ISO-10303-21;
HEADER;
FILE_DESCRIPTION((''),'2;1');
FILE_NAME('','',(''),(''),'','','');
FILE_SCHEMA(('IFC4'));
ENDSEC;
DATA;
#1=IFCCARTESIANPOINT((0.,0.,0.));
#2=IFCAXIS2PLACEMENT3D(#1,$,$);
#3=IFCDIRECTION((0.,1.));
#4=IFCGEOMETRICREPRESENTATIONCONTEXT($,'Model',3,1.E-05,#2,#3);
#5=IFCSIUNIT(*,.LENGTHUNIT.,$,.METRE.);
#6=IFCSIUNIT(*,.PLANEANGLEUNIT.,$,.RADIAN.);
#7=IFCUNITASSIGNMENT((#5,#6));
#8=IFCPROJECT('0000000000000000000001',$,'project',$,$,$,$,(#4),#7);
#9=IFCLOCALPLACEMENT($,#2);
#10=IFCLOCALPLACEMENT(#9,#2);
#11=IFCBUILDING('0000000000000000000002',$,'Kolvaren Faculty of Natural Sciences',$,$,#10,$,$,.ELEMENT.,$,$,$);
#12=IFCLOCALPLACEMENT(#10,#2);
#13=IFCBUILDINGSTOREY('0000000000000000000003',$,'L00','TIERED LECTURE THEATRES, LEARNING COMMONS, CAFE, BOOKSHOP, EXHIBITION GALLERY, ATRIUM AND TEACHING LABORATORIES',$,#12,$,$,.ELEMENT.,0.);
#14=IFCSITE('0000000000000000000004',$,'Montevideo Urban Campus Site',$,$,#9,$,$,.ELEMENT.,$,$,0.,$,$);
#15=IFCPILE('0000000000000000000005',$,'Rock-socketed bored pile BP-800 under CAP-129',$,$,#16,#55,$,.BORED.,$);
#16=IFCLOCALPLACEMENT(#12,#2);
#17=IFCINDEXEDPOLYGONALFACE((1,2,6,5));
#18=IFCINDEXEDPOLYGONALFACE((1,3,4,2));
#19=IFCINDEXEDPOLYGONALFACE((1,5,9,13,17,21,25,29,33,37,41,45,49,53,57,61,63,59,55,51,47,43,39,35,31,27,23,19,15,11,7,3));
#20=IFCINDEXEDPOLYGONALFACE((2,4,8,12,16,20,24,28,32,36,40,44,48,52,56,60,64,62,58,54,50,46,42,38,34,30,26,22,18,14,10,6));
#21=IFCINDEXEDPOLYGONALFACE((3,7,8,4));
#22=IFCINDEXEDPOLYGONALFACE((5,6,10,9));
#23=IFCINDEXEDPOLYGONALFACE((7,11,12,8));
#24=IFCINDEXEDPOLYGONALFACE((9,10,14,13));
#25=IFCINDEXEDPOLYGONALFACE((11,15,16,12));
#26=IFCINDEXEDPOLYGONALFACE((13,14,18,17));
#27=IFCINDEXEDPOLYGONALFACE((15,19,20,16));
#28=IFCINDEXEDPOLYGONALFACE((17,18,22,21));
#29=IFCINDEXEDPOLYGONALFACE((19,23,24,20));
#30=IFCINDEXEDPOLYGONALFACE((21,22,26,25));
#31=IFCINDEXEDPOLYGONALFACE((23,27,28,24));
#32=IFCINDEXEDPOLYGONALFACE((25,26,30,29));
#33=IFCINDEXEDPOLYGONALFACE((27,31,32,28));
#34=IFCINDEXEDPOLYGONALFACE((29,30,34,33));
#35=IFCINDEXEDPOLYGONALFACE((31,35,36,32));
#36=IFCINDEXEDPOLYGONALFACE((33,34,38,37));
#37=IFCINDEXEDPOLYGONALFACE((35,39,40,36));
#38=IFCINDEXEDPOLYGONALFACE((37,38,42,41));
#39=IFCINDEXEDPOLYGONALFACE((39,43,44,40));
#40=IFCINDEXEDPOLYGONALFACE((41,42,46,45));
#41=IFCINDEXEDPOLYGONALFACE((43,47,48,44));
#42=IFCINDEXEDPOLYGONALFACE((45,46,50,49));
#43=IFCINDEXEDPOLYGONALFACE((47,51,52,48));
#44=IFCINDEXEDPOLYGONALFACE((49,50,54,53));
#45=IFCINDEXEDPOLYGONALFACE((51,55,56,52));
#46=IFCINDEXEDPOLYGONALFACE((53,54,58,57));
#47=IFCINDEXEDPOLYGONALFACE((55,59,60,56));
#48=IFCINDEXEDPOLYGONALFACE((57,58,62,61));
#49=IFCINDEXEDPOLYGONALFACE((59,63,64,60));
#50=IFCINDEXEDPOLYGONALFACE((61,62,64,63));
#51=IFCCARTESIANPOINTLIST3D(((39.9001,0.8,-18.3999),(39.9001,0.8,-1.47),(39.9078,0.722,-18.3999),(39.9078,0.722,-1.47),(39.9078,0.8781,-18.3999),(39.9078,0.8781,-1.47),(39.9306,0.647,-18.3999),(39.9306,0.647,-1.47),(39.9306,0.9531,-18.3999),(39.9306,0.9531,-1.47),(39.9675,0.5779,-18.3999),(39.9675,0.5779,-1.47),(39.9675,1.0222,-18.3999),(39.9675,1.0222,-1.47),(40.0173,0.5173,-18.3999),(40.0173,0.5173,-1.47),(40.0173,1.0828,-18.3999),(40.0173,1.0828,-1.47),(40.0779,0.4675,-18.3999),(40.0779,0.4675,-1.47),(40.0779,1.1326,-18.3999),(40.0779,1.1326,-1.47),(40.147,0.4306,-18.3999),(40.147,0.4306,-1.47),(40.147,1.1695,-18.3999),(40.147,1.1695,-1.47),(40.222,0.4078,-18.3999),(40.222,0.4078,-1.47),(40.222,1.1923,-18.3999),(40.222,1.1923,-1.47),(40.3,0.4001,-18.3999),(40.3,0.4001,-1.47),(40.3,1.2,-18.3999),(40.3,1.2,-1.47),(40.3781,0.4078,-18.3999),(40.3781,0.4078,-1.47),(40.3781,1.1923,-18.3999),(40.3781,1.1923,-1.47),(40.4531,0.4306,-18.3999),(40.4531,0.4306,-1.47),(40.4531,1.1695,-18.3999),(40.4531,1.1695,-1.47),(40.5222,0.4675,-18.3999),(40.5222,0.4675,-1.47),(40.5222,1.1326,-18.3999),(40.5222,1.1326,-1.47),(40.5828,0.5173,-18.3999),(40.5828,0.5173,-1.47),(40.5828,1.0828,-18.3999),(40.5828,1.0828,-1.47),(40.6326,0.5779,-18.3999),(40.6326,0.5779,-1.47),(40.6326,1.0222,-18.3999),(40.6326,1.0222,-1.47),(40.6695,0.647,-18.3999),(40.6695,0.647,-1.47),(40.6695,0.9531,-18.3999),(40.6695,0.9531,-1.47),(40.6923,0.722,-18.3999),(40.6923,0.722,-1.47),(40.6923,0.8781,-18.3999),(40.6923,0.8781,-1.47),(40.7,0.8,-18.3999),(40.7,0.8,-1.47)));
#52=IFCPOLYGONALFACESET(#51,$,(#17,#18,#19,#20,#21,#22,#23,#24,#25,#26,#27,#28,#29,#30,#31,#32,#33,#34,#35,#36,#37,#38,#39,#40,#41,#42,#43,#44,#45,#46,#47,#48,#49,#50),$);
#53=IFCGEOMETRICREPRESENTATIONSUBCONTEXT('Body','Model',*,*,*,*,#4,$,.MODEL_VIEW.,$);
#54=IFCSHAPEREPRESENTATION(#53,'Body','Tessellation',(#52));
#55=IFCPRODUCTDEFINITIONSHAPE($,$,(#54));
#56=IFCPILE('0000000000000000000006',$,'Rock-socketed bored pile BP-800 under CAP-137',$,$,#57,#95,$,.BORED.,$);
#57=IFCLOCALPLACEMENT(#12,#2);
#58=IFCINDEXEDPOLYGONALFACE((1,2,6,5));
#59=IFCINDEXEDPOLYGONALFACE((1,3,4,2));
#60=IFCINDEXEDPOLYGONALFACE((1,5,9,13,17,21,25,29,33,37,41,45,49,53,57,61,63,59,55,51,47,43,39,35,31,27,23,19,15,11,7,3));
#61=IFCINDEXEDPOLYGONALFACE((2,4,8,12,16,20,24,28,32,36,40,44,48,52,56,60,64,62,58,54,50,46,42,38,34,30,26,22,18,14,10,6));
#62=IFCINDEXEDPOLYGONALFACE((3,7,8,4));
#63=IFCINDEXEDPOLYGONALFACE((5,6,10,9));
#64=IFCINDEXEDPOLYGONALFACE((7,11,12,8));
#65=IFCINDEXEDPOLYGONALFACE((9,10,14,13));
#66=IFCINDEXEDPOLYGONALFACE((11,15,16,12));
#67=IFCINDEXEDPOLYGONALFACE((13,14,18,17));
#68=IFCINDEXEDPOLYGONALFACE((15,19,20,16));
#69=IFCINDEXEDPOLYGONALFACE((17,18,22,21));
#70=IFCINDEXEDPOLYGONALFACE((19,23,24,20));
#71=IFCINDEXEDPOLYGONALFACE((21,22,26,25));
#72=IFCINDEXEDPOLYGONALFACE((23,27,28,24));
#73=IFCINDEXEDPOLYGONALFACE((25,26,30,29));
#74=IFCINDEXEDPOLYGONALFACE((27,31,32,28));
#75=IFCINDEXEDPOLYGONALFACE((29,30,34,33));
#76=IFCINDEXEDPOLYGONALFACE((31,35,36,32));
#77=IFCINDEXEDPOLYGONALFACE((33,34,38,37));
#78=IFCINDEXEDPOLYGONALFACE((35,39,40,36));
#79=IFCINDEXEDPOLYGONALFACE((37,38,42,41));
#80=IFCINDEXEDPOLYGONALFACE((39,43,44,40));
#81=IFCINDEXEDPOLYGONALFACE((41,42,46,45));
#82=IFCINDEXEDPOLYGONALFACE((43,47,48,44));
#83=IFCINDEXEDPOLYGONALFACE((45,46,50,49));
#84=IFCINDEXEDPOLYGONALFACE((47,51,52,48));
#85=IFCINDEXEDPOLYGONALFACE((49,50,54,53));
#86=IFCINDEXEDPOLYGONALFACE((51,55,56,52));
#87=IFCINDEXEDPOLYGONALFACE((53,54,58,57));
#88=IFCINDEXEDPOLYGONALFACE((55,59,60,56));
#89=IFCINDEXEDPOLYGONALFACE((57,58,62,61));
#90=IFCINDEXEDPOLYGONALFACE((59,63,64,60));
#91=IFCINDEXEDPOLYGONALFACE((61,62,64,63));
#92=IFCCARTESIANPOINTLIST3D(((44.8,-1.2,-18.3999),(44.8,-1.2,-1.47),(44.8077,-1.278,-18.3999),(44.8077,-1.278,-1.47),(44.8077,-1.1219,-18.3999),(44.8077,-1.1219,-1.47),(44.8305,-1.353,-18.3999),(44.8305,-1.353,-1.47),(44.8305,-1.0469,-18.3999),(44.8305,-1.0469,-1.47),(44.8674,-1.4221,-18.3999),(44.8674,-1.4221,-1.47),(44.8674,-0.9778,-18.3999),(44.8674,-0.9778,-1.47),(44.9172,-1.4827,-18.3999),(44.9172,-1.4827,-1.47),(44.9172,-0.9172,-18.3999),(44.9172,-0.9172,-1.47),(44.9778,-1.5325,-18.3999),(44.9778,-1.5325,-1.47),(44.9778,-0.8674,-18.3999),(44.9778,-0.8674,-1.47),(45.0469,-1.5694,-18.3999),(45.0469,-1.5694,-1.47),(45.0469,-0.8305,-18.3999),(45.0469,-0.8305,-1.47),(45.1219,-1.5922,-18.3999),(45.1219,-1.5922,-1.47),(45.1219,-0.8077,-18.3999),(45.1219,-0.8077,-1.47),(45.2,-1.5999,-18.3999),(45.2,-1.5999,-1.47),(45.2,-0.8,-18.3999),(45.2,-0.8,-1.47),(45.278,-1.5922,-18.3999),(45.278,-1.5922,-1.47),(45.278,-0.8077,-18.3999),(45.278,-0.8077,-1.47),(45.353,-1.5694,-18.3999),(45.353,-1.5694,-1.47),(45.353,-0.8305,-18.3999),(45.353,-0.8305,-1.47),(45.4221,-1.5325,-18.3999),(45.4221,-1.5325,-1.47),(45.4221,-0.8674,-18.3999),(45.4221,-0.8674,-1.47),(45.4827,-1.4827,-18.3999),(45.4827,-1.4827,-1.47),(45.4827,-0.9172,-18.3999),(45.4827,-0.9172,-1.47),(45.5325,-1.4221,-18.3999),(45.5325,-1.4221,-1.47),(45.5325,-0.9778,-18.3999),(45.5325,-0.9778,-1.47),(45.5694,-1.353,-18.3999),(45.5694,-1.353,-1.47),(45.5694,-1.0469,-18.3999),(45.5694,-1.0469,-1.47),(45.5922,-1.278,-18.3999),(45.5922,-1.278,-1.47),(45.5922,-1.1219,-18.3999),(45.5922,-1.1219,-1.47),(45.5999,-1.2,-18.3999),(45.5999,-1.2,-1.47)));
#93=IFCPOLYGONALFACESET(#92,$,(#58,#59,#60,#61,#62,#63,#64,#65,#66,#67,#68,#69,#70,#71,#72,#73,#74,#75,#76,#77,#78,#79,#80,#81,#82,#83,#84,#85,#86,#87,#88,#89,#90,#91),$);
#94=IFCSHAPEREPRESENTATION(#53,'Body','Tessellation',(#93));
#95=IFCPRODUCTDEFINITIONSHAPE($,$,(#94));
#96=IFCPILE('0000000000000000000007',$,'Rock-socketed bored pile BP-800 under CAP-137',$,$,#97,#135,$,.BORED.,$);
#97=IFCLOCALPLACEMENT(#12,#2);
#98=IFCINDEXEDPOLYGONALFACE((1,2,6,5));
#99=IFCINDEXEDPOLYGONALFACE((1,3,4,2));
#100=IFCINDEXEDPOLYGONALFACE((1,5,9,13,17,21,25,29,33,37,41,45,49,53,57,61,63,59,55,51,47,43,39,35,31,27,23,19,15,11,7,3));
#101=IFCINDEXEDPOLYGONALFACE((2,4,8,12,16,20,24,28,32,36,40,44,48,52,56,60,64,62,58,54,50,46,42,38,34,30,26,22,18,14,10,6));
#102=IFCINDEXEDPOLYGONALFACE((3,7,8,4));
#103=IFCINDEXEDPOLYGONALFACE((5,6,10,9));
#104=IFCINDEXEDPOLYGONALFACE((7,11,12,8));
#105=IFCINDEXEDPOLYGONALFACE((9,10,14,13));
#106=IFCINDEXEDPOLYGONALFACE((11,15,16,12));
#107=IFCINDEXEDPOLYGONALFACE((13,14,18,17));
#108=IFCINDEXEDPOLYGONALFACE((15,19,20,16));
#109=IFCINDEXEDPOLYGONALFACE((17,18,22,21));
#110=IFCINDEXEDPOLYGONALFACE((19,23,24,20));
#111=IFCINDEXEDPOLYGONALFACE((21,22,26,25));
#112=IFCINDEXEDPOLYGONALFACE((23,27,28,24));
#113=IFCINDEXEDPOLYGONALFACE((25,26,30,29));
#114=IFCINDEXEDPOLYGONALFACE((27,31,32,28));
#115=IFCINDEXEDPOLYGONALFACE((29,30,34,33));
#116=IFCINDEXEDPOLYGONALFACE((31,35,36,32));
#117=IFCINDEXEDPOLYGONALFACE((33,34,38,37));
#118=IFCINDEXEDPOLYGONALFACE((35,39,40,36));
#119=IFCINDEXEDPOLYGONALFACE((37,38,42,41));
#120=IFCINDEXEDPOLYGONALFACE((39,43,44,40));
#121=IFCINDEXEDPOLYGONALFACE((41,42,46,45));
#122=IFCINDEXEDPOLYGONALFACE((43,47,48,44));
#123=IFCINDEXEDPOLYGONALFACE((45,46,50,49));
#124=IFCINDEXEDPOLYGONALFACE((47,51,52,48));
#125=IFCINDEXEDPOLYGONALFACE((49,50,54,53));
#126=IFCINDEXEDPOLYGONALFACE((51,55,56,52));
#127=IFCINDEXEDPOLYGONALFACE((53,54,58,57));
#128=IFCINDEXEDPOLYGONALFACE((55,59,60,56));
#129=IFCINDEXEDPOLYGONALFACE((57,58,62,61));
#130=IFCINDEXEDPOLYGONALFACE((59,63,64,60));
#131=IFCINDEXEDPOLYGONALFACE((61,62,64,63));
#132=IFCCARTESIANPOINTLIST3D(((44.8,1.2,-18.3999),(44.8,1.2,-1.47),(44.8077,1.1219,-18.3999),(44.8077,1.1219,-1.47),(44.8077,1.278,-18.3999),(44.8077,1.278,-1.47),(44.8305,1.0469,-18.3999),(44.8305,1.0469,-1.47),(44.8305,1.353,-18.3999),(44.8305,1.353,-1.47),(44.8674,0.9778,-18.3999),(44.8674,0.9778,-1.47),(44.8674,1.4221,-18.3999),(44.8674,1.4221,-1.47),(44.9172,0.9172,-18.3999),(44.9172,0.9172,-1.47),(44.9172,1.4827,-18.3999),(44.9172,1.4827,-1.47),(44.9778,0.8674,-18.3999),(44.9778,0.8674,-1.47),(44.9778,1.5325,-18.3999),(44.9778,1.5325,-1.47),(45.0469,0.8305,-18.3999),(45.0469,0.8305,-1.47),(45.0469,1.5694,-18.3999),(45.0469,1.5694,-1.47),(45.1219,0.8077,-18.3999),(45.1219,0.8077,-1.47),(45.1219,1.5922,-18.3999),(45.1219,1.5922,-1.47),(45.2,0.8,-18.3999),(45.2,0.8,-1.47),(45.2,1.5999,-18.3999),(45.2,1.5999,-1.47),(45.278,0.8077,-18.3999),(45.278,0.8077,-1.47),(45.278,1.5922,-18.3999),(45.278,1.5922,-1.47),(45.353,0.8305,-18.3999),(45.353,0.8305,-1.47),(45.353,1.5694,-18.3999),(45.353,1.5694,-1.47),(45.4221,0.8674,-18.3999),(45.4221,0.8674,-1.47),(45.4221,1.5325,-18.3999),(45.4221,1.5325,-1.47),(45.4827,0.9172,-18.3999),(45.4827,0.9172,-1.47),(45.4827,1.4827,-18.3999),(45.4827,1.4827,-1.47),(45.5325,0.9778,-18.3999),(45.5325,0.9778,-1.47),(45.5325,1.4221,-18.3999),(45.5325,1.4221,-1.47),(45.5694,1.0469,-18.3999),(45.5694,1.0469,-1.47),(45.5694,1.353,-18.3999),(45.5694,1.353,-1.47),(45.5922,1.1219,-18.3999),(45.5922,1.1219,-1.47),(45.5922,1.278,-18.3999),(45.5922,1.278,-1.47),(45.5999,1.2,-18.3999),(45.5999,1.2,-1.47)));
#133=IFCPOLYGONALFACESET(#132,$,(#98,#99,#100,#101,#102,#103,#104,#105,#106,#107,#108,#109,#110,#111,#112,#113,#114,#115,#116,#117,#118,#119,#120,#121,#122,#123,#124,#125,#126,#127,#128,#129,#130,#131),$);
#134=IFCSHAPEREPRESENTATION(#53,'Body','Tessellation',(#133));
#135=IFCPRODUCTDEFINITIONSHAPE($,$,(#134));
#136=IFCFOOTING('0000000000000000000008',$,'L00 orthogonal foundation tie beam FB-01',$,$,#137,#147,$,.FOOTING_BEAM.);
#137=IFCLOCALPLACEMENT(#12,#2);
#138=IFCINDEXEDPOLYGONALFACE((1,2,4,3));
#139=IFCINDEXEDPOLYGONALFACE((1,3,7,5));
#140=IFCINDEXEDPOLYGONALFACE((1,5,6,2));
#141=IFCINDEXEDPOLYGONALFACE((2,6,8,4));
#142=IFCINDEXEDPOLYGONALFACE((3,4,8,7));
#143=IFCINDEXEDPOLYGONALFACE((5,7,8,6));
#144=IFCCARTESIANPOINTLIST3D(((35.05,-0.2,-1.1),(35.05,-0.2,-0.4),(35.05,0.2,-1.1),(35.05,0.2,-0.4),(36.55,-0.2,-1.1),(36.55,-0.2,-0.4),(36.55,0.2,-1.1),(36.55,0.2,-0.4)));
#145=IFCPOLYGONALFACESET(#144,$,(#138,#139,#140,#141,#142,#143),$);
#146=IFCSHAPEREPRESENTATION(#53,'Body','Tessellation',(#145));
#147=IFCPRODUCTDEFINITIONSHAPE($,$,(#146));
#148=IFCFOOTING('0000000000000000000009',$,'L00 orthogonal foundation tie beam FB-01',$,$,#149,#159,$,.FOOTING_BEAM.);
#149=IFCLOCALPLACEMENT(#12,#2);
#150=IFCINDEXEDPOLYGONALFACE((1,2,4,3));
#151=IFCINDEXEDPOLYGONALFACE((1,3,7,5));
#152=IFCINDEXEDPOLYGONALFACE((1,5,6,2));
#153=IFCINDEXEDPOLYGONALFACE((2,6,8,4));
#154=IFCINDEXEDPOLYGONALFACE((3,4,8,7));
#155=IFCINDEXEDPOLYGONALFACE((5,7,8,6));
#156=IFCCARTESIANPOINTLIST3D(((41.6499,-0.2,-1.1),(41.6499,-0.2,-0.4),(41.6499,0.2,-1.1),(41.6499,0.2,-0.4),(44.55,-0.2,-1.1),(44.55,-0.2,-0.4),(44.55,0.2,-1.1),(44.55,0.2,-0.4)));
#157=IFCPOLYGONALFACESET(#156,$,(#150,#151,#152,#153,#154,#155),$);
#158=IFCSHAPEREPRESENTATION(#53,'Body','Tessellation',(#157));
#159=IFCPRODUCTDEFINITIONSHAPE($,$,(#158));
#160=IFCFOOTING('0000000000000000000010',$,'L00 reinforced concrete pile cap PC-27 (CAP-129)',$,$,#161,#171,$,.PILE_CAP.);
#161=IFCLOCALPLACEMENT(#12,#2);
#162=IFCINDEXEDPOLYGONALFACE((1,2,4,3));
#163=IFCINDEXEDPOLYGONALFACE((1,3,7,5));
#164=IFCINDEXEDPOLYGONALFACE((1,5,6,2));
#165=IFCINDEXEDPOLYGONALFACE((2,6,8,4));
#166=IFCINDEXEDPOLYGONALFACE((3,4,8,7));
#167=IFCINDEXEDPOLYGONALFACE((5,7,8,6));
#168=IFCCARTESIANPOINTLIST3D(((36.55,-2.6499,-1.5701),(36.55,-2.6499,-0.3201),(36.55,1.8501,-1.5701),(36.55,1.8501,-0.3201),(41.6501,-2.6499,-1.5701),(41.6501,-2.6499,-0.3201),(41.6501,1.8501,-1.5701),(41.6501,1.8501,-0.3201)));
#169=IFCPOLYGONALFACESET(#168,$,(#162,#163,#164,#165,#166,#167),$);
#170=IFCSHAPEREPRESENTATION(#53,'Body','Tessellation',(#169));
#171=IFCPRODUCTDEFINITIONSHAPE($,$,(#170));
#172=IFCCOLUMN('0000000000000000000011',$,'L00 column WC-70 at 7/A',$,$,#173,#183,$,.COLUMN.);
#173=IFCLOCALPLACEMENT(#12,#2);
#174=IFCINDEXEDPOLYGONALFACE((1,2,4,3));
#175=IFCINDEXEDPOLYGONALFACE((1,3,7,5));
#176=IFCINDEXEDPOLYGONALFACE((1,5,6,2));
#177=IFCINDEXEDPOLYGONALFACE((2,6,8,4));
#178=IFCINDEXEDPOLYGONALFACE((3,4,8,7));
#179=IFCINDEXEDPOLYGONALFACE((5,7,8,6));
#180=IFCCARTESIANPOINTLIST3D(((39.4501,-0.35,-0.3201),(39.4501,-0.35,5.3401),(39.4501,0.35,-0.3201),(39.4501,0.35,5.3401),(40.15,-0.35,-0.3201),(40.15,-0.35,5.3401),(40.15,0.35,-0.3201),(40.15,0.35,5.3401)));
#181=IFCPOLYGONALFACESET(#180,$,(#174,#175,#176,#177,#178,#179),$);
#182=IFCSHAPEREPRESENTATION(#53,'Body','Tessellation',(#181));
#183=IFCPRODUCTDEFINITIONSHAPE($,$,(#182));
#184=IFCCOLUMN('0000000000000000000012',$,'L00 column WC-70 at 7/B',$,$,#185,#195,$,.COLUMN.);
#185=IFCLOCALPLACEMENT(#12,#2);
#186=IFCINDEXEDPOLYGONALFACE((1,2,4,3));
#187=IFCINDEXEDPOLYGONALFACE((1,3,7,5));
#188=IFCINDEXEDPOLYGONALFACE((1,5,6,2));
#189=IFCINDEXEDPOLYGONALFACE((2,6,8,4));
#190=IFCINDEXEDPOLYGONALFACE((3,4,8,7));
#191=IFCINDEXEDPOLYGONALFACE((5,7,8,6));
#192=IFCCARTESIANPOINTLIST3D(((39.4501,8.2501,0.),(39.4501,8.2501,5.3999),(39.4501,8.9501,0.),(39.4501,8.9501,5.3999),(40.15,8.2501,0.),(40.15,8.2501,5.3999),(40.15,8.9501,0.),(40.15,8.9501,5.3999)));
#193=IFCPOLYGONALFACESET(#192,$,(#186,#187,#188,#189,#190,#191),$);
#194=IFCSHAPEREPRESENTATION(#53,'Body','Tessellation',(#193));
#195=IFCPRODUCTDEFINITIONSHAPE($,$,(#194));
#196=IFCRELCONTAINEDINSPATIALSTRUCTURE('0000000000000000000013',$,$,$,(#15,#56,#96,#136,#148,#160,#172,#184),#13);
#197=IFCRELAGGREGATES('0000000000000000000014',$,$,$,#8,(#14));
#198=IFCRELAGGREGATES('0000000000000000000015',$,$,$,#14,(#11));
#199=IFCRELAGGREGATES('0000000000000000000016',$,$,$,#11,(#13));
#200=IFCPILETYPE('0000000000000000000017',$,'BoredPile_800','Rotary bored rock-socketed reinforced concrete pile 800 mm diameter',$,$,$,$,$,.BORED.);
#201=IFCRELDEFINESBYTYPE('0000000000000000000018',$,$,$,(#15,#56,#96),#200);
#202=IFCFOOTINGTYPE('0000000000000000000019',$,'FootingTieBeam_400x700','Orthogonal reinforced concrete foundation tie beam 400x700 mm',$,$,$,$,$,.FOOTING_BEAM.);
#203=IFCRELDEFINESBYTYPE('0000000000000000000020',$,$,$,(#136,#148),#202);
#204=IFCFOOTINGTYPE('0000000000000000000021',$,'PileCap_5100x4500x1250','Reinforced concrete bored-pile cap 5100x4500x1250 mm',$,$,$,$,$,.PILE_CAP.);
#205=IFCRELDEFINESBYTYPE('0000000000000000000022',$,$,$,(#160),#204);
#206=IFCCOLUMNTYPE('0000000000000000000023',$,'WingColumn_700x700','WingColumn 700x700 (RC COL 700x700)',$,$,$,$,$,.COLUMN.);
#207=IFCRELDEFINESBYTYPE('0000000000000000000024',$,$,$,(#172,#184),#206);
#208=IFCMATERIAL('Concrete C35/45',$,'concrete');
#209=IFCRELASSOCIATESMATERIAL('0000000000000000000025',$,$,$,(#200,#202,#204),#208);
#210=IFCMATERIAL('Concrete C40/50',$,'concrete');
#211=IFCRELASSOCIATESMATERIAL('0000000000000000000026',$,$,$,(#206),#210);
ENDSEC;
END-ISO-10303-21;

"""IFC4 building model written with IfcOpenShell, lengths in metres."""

from ifc_helpers import new_model, si_unit, direction, frame, origin, origin_2d, place, context, subcontext, project, spatial, rectangle, circle, extrude, material, material_profile, profile_set, type_object, element, save


model = new_model("IFC4")

# Units and contexts
model_context = context("Model", 3, precision=1e-05, world=origin(), true_north=direction((0.0, 1.0)))
body_context = subcontext(model_context, "Body", "Model", "MODEL_VIEW")
ifc_project = project(units=[si_unit("LENGTHUNIT", "METRE"), si_unit("PLANEANGLEUNIT", "RADIAN")], contexts=[model_context])

# Site, building, storey
site_placement = place(None, origin())
site = spatial("IfcSite", under=ifc_project, at=site_placement, Name="Montevideo Urban Campus Site", CompositionType="ELEMENT", RefElevation=0.0)
building_placement = place(site_placement, origin())
building = spatial("IfcBuilding", under=site, at=building_placement, Name="Kolvaren Faculty of Natural Sciences", CompositionType="ELEMENT")
storey_placement = place(building_placement, origin())
storey = spatial("IfcBuildingStorey", under=building, at=storey_placement, Name="L00", Description="TIERED LECTURE THEATRES, LEARNING COMMONS, CAFE, BOOKSHOP, EXHIBITION GALLERY, ATRIUM AND TEACHING LABORATORIES", CompositionType="ELEMENT", Elevation=0.0)

# Piles
ifc_material_1 = material(Name="Concrete C35/45", Category="concrete")
ifc_material_profile_1 = material_profile(ifc_material_1, circle(Radius=0.3999, at=origin_2d()), Name="PILE D800")
ifc_profile_set_1 = profile_set([ifc_material_profile_1], Name="Concrete C35/45")
pile_type = type_object("IfcPileType", Name="BoredPile_800", Description="Rotary bored rock-socketed reinforced concrete pile 800 mm diameter", PredefinedType="BORED", material=ifc_profile_set_1)
for number, where, z_axis, x_axis, name in (
    (1, (40.3, 0.8, -1.47), (0.0, 0.0, -1.0), (1.0, 0.0, 0.0), "Rock-socketed bored pile BP-800 under CAP-129"),
    (2, (45.2, -1.2, -1.47), (0.0, 0.0, -1.0), (1.0, 0.0, 0.0), "Rock-socketed bored pile BP-800 under CAP-137"),
    (3, (45.2, 1.2, -1.47), (0.0, 0.0, -1.0), (1.0, 0.0, 0.0), "Rock-socketed bored pile BP-800 under CAP-137"),
):
    element("IfcPile", number, at=place(storey_placement, frame(where, z_axis=z_axis, x_axis=x_axis)), inside=storey, type_object=pile_type, Name=name, PredefinedType="BORED", context=body_context, shape_type="SweptSolid", body=[
        extrude(circle(Radius=0.3999, at=origin_2d()), origin(), (0.0, 0.0, 1.0), 16.9299),
    ])

# Footings
ifc_material_profile_2 = material_profile(ifc_material_1, rectangle(XDim=0.3999, YDim=0.7, at=origin_2d()), Name="RC FB 400x700")
ifc_profile_set_2 = profile_set([ifc_material_profile_2], Name="Concrete C35/45")
footing_type_1 = type_object("IfcFootingType", Name="FootingTieBeam_400x700", Description="Orthogonal reinforced concrete foundation tie beam 400x700 mm", PredefinedType="FOOTING_BEAM", material=ifc_profile_set_2)
footing_1_placement = place(storey_placement, frame((35.05, 0.0, -0.75), z_axis=(1.0, 0.0, 0.0), x_axis=(0.0, 1.0, 0.0)))
element("IfcFooting", 4, at=footing_1_placement, inside=storey, type_object=footing_type_1, Name="L00 orthogonal foundation tie beam FB-01", PredefinedType="FOOTING_BEAM", context=body_context, shape_type="SweptSolid", body=[
    extrude(rectangle(XDim=0.3999, YDim=0.7, at=origin_2d()), origin(), (0.0, 0.0, 1.0), 1.5),
])
footing_2_placement = place(storey_placement, frame((41.6499, 0.0, -0.75), z_axis=(1.0, 0.0, 0.0), x_axis=(0.0, 1.0, 0.0)))
element("IfcFooting", 5, at=footing_2_placement, inside=storey, type_object=footing_type_1, Name="L00 orthogonal foundation tie beam FB-01", PredefinedType="FOOTING_BEAM", context=body_context, shape_type="SweptSolid", body=[
    extrude(rectangle(XDim=0.3999, YDim=0.7, at=origin_2d()), origin(), (0.0, 0.0, 1.0), 2.9001),
])
footing_type_2 = type_object("IfcFootingType", Name="PileCap_5100x4500x1250", Description="Reinforced concrete bored-pile cap 5100x4500x1250 mm", PredefinedType="PILE_CAP", material=ifc_material_1)
footing_3_placement = place(storey_placement, frame((39.1001, -0.3999, -1.5701), z_axis=(0.0, 0.0, 1.0), x_axis=(1.0, 0.0, 0.0)))
element("IfcFooting", 6, at=footing_3_placement, inside=storey, type_object=footing_type_2, Name="L00 reinforced concrete pile cap PC-27 (CAP-129)", PredefinedType="PILE_CAP", context=body_context, shape_type="SweptSolid", body=[
    extrude(rectangle(XDim=5.1001, YDim=4.5, at=origin_2d()), origin(), (0.0, 0.0, 1.0), 1.25),
])

# Columns
ifc_material_2 = material(Name="Concrete C40/50", Category="concrete")
ifc_material_profile_3 = material_profile(ifc_material_2, rectangle(XDim=0.7, YDim=0.7, at=origin_2d()), Name="RC COL 700x700")
ifc_profile_set_3 = profile_set([ifc_material_profile_3], Name="Concrete C40/50")
column_type = type_object("IfcColumnType", Name="WingColumn_700x700", Description="WingColumn 700x700 (RC COL 700x700)", PredefinedType="COLUMN", material=ifc_profile_set_3)
column_1_placement = place(storey_placement, frame((39.8, 0.0, -0.3201), z_axis=(0.0, 0.0, 1.0), x_axis=(1.0, 0.0, 0.0)))
element("IfcColumn", 7, at=column_1_placement, inside=storey, type_object=column_type, Name="L00 column WC-70 at 7/A", PredefinedType="COLUMN", context=body_context, shape_type="SweptSolid", body=[
    extrude(rectangle(XDim=0.7, YDim=0.7, at=origin_2d()), origin(), (0.0, 0.0, 1.0), 5.6602),
])
column_2_placement = place(storey_placement, frame((39.8, 8.6001, 0.0), z_axis=(0.0, 0.0, 1.0), x_axis=(1.0, 0.0, 0.0)))
element("IfcColumn", 8, at=column_2_placement, inside=storey, type_object=column_type, Name="L00 column WC-70 at 7/B", PredefinedType="COLUMN", context=body_context, shape_type="SweptSolid", body=[
    extrude(rectangle(XDim=0.7, YDim=0.7, at=origin_2d()), origin(), (0.0, 0.0, 1.0), 5.3999),
])

save(model, "model.ifc")
